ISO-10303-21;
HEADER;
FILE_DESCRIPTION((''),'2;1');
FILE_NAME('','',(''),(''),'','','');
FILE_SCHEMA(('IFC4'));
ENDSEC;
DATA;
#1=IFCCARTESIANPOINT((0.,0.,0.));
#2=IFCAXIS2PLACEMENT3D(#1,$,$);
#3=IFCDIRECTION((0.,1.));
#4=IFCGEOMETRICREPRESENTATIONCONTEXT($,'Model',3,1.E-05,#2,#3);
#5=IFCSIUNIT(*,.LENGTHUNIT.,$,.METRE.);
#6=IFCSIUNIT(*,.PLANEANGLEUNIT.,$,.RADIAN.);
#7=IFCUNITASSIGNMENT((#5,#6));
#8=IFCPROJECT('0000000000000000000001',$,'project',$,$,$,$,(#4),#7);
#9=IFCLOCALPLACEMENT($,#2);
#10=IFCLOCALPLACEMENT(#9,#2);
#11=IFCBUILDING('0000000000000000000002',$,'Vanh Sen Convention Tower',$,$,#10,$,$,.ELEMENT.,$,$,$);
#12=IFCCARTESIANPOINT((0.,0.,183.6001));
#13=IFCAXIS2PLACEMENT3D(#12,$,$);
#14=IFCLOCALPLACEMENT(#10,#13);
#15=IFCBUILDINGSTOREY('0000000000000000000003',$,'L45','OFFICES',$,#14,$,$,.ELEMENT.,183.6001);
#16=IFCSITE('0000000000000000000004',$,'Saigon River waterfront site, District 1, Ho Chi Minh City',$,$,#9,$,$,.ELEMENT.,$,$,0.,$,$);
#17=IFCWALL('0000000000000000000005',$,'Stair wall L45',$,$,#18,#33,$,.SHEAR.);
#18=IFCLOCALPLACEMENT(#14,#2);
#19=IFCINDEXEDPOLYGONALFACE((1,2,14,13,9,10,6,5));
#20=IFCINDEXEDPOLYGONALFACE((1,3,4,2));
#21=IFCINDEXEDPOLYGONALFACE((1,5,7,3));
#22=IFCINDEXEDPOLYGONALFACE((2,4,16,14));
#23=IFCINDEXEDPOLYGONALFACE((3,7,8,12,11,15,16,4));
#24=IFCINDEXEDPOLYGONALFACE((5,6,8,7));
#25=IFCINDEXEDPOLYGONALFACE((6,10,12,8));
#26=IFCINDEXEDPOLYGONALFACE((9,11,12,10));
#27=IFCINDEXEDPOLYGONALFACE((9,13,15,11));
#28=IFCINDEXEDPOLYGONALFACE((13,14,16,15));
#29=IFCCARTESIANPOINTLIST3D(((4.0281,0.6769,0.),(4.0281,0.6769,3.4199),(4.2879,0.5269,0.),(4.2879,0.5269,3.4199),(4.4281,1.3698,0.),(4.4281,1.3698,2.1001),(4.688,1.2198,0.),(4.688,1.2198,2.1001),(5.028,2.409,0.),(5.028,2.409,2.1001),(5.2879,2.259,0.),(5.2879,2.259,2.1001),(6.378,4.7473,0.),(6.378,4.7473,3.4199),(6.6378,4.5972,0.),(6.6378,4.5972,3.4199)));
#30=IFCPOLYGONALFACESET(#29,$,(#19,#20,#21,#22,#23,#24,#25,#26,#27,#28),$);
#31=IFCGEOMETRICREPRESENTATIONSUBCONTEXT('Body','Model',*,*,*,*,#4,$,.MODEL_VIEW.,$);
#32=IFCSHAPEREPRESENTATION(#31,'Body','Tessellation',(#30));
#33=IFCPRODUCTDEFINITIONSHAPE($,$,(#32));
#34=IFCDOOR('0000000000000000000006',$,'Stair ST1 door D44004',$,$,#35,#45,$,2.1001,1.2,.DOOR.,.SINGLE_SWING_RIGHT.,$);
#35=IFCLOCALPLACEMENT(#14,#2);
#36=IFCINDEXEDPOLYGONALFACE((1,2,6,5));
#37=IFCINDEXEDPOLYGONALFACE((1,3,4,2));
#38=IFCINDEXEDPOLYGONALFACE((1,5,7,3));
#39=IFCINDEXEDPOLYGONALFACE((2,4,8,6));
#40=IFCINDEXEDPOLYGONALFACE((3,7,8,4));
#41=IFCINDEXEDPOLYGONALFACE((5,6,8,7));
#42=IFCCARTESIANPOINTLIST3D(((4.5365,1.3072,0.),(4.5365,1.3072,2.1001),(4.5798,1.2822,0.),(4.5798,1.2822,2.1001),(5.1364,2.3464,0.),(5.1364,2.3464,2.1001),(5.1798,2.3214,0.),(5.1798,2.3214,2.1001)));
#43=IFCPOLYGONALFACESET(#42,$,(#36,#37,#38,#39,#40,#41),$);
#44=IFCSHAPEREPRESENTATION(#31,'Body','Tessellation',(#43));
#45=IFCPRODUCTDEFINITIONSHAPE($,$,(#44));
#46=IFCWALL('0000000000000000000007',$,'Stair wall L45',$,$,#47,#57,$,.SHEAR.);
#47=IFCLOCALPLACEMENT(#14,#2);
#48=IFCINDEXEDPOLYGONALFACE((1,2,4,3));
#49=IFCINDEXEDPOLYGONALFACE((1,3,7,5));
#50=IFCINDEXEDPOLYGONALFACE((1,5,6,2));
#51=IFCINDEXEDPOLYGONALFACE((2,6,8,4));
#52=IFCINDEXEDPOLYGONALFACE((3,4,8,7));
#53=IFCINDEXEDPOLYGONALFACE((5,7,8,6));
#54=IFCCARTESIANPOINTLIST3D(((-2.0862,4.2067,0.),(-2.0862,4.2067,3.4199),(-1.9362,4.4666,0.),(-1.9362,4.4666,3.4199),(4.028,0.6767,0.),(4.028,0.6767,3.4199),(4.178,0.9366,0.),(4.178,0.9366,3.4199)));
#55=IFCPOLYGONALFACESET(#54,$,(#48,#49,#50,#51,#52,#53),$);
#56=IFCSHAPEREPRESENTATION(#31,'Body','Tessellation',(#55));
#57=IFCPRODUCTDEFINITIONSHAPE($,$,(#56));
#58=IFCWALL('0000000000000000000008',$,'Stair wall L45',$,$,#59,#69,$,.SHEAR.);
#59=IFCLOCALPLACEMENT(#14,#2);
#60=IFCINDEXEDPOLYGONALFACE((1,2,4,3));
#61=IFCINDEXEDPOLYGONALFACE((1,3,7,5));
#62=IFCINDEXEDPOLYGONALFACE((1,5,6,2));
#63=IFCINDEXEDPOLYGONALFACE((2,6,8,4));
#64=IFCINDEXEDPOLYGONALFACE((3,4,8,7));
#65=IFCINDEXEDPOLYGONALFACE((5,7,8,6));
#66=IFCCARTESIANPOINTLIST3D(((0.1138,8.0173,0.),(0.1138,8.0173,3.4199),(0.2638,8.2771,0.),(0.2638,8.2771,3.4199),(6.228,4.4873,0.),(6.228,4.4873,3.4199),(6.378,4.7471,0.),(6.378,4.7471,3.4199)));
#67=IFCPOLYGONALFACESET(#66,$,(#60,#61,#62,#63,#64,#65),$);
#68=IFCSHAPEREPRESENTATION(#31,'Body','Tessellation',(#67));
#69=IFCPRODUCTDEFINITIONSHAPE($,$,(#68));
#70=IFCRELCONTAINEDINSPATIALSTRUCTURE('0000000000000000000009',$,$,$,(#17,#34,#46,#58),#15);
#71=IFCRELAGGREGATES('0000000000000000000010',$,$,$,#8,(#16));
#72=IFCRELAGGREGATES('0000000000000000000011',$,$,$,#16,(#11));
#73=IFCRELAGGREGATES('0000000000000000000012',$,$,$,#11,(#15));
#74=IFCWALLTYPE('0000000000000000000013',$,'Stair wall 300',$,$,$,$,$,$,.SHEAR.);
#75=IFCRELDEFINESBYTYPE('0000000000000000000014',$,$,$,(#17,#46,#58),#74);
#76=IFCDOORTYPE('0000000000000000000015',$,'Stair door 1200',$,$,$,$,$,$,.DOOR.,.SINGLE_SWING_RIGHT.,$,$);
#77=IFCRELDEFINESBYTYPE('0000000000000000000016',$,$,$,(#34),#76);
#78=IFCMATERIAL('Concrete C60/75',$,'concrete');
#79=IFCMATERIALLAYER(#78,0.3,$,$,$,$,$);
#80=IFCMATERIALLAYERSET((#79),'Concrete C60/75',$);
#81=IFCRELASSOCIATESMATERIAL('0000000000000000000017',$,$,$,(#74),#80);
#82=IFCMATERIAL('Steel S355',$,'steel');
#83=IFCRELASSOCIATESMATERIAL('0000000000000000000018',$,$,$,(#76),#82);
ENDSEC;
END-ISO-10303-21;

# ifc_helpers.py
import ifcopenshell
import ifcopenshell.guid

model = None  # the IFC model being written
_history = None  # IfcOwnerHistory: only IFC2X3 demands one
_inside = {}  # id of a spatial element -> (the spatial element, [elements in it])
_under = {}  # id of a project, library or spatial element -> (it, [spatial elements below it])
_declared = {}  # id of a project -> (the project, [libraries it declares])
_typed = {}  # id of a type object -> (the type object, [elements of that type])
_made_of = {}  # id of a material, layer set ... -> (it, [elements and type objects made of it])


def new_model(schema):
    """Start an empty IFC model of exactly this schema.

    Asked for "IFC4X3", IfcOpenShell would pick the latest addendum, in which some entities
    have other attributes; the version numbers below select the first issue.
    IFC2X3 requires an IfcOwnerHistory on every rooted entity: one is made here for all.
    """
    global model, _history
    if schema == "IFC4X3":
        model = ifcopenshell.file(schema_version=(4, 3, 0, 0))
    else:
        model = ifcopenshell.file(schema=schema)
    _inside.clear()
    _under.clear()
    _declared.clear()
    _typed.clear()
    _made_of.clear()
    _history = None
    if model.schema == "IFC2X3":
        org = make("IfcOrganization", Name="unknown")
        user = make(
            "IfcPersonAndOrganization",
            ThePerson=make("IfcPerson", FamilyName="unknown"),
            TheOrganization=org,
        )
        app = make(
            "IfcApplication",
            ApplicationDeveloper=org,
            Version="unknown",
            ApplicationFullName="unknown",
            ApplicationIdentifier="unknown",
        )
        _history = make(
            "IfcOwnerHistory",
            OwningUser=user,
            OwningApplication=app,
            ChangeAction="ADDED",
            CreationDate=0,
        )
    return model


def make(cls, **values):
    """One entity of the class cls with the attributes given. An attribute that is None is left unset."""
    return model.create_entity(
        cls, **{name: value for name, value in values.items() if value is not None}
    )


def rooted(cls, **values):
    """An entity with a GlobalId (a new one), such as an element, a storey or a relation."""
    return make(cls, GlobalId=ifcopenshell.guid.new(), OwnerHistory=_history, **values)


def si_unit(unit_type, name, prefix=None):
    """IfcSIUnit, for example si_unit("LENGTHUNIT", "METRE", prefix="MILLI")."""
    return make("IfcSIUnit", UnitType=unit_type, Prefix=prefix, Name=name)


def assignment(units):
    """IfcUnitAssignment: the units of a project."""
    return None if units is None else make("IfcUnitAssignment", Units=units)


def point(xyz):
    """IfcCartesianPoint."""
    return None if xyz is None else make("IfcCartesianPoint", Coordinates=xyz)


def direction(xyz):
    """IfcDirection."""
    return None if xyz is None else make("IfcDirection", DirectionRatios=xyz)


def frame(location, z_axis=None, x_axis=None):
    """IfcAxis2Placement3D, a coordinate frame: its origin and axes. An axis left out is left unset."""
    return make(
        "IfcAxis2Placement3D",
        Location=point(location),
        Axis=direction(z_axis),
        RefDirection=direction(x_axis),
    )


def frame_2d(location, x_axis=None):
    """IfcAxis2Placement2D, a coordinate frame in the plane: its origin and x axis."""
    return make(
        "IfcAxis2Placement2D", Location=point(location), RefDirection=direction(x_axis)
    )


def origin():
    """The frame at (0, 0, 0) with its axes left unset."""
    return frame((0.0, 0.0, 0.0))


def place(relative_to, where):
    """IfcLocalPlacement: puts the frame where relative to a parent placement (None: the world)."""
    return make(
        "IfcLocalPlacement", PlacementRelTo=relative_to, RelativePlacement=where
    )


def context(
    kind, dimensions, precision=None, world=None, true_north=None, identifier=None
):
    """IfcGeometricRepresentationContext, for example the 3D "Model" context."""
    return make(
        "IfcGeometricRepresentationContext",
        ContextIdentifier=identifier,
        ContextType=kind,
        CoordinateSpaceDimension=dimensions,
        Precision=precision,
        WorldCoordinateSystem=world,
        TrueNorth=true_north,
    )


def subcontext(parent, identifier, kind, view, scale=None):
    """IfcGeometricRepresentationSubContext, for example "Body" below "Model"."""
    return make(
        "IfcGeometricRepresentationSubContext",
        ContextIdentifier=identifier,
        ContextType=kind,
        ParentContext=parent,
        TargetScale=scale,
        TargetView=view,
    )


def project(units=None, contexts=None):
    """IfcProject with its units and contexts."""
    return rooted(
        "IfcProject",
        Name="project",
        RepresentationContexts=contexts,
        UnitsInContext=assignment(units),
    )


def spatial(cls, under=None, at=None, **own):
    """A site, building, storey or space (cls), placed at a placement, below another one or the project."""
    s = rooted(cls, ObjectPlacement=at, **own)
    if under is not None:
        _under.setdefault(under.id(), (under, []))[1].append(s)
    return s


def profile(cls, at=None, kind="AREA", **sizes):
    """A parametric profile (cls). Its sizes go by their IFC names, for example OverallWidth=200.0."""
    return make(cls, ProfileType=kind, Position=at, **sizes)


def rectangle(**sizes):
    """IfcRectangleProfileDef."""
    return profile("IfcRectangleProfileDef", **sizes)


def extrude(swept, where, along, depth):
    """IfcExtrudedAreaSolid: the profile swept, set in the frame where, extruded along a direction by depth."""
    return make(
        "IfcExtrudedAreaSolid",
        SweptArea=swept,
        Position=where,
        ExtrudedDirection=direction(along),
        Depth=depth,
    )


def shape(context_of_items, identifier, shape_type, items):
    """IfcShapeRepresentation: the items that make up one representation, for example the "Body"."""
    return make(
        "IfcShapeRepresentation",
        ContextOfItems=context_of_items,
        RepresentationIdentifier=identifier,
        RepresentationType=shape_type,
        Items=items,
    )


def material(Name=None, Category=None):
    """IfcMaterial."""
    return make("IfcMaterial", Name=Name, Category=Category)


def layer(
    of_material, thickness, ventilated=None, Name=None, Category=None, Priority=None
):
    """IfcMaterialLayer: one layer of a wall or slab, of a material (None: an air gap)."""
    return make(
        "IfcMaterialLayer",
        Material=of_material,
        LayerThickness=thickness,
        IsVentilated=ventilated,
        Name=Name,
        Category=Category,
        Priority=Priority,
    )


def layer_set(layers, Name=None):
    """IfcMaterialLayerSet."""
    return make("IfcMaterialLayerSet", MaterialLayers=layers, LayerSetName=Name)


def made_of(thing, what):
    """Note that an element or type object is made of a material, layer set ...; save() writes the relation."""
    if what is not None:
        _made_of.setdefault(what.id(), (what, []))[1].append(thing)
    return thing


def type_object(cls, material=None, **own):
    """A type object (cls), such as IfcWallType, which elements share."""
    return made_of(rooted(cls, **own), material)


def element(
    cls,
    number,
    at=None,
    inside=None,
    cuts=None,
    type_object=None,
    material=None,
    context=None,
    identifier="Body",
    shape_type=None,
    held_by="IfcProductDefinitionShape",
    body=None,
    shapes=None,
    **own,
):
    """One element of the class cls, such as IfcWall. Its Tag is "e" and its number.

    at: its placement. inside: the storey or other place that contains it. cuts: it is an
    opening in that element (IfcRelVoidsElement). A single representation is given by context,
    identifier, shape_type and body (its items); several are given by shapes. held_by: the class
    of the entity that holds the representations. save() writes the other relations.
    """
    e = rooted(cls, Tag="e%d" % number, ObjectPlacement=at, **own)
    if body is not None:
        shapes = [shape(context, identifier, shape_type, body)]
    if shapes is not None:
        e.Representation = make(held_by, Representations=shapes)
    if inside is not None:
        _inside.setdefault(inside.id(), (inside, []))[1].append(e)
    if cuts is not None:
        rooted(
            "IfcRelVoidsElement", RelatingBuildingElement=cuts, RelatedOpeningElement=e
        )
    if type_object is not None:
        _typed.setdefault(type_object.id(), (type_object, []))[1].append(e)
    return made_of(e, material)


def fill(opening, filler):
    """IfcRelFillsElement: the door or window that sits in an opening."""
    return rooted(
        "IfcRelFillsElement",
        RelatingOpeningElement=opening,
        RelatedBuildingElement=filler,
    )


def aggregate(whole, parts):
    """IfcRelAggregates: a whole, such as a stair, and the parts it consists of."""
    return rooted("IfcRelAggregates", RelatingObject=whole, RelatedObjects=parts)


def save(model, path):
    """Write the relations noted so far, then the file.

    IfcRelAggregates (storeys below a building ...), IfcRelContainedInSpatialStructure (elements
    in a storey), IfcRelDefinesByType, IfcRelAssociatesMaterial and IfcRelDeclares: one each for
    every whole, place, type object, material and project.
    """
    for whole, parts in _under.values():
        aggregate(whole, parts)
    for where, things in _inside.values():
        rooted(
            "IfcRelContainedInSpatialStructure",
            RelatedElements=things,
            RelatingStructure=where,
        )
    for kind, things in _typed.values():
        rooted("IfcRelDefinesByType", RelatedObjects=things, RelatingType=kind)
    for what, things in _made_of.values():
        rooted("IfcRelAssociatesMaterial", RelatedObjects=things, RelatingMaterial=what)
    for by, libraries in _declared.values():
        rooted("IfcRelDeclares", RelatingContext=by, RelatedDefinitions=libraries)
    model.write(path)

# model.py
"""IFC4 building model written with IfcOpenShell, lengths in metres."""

from ifc_helpers import new_model, si_unit, direction, frame, frame_2d, origin, place, context, subcontext, project, spatial, rectangle, extrude, material, layer, layer_set, type_object, element, fill, save


model = new_model("IFC4")

# Units and contexts
model_context = context("Model", 3, precision=1e-05, world=origin(), true_north=direction((0.0, 1.0)))
body_context = subcontext(model_context, "Body", "Model", "MODEL_VIEW")
ifc_project = project(units=[si_unit("LENGTHUNIT", "METRE"), si_unit("PLANEANGLEUNIT", "RADIAN")], contexts=[model_context])

# Site, building, storey
site_placement = place(None, origin())
site = spatial("IfcSite", under=ifc_project, at=site_placement, Name="Saigon River waterfront site, District 1, Ho Chi Minh City", CompositionType="ELEMENT", RefElevation=0.0)
building_placement = place(site_placement, origin())
building = spatial("IfcBuilding", under=site, at=building_placement, Name="Vanh Sen Convention Tower", CompositionType="ELEMENT")
storey_placement = place(building_placement, frame((0.0, 0.0, 183.6001)))
storey = spatial("IfcBuildingStorey", under=building, at=storey_placement, Name="L45", Description="OFFICES", CompositionType="ELEMENT", Elevation=183.6001)

# Shared definitions
ifc_material_1 = material(Name="Steel S355", Category="steel")

# Shared definitions
ifc_material_2 = material(Name="Concrete C60/75", Category="concrete")

# Wall, opening, door
ifc_layer_1 = layer(ifc_material_2, 0.3)
ifc_layer_set_1 = layer_set([ifc_layer_1], Name="Concrete C60/75")
wall_type_1 = type_object("IfcWallType", Name="Stair wall 300", PredefinedType="SHEAR", material=ifc_layer_set_1)
wall_1_placement = place(storey_placement, frame((4.158, 0.6018, 0.0), z_axis=(0.0, 0.0, 1.0), x_axis=(0.499977, 0.866039, 0.0)))
wall_1 = element("IfcWall", 1, at=wall_1_placement, inside=storey, type_object=wall_type_1, Name="Stair wall L45", PredefinedType="SHEAR", context=body_context, shape_type="SweptSolid", body=[
    extrude(rectangle(XDim=4.7, YDim=0.3, at=frame_2d((2.3501, 0.0))), origin(), (0.0, 0.0, 1.0), 3.4199),
])
opening_1_placement = place(wall_1_placement, frame((0.8, 0.0, 0.0)))
opening_1 = element("IfcOpeningElement", 2, at=opening_1_placement, cuts=wall_1, PredefinedType="OPENING", context=body_context, shape_type="SweptSolid", body=[
    extrude(rectangle(XDim=1.2, YDim=2.1001, at=frame_2d((0.6001, 1.05))), frame((0.0, 0.1599, 0.0), z_axis=(0.0, -1.0, 0.0), x_axis=(1.0, 0.0, 0.0)), (0.0, 0.0, 1.0), 0.3201),
])
door_type_1 = type_object("IfcDoorType", Name="Stair door 1200", OperationType="SINGLE_SWING_RIGHT", PredefinedType="DOOR", material=ifc_material_1)
door_1_placement = place(opening_1_placement, origin())
door_1 = element("IfcDoor", 3, at=door_1_placement, inside=storey, type_object=door_type_1, Name="Stair ST1 door D44004", OperationType="SINGLE_SWING_RIGHT", OverallHeight=2.1001, OverallWidth=1.2, PredefinedType="DOOR", context=body_context, shape_type="SweptSolid", body=[
    extrude(rectangle(XDim=1.2, YDim=2.1001, at=frame_2d((0.6001, 1.05))), frame((0.0, 0.0249, 0.0), z_axis=(0.0, -1.0, 0.0), x_axis=(1.0, 0.0, 0.0)), (0.0, 0.0, 1.0), 0.05),
])
fill(opening_1, door_1)

# Walls
for number, where, z_axis, x_axis, name in (
    (4, (4.103, 0.8066, 0.0), (0.0, 0.0, 1.0), (-0.866028, 0.499996, 0.0), "Stair wall L45"),
    (5, (6.303, 4.6172, 0.0), (0.0, 0.0, 1.0), (-0.866028, 0.499996, 0.0), "Stair wall L45"),
):
    element("IfcWall", number, at=place(storey_placement, frame(where, z_axis=z_axis, x_axis=x_axis)), inside=storey, type_object=wall_type_1, Name=name, PredefinedType="SHEAR", context=body_context, shape_type="SweptSolid", body=[
        extrude(rectangle(XDim=7.0601, YDim=0.3, at=frame_2d((3.53, 0.0))), origin(), (0.0, 0.0, 1.0), 3.4199),
    ])

save(model, "model.ifc")
